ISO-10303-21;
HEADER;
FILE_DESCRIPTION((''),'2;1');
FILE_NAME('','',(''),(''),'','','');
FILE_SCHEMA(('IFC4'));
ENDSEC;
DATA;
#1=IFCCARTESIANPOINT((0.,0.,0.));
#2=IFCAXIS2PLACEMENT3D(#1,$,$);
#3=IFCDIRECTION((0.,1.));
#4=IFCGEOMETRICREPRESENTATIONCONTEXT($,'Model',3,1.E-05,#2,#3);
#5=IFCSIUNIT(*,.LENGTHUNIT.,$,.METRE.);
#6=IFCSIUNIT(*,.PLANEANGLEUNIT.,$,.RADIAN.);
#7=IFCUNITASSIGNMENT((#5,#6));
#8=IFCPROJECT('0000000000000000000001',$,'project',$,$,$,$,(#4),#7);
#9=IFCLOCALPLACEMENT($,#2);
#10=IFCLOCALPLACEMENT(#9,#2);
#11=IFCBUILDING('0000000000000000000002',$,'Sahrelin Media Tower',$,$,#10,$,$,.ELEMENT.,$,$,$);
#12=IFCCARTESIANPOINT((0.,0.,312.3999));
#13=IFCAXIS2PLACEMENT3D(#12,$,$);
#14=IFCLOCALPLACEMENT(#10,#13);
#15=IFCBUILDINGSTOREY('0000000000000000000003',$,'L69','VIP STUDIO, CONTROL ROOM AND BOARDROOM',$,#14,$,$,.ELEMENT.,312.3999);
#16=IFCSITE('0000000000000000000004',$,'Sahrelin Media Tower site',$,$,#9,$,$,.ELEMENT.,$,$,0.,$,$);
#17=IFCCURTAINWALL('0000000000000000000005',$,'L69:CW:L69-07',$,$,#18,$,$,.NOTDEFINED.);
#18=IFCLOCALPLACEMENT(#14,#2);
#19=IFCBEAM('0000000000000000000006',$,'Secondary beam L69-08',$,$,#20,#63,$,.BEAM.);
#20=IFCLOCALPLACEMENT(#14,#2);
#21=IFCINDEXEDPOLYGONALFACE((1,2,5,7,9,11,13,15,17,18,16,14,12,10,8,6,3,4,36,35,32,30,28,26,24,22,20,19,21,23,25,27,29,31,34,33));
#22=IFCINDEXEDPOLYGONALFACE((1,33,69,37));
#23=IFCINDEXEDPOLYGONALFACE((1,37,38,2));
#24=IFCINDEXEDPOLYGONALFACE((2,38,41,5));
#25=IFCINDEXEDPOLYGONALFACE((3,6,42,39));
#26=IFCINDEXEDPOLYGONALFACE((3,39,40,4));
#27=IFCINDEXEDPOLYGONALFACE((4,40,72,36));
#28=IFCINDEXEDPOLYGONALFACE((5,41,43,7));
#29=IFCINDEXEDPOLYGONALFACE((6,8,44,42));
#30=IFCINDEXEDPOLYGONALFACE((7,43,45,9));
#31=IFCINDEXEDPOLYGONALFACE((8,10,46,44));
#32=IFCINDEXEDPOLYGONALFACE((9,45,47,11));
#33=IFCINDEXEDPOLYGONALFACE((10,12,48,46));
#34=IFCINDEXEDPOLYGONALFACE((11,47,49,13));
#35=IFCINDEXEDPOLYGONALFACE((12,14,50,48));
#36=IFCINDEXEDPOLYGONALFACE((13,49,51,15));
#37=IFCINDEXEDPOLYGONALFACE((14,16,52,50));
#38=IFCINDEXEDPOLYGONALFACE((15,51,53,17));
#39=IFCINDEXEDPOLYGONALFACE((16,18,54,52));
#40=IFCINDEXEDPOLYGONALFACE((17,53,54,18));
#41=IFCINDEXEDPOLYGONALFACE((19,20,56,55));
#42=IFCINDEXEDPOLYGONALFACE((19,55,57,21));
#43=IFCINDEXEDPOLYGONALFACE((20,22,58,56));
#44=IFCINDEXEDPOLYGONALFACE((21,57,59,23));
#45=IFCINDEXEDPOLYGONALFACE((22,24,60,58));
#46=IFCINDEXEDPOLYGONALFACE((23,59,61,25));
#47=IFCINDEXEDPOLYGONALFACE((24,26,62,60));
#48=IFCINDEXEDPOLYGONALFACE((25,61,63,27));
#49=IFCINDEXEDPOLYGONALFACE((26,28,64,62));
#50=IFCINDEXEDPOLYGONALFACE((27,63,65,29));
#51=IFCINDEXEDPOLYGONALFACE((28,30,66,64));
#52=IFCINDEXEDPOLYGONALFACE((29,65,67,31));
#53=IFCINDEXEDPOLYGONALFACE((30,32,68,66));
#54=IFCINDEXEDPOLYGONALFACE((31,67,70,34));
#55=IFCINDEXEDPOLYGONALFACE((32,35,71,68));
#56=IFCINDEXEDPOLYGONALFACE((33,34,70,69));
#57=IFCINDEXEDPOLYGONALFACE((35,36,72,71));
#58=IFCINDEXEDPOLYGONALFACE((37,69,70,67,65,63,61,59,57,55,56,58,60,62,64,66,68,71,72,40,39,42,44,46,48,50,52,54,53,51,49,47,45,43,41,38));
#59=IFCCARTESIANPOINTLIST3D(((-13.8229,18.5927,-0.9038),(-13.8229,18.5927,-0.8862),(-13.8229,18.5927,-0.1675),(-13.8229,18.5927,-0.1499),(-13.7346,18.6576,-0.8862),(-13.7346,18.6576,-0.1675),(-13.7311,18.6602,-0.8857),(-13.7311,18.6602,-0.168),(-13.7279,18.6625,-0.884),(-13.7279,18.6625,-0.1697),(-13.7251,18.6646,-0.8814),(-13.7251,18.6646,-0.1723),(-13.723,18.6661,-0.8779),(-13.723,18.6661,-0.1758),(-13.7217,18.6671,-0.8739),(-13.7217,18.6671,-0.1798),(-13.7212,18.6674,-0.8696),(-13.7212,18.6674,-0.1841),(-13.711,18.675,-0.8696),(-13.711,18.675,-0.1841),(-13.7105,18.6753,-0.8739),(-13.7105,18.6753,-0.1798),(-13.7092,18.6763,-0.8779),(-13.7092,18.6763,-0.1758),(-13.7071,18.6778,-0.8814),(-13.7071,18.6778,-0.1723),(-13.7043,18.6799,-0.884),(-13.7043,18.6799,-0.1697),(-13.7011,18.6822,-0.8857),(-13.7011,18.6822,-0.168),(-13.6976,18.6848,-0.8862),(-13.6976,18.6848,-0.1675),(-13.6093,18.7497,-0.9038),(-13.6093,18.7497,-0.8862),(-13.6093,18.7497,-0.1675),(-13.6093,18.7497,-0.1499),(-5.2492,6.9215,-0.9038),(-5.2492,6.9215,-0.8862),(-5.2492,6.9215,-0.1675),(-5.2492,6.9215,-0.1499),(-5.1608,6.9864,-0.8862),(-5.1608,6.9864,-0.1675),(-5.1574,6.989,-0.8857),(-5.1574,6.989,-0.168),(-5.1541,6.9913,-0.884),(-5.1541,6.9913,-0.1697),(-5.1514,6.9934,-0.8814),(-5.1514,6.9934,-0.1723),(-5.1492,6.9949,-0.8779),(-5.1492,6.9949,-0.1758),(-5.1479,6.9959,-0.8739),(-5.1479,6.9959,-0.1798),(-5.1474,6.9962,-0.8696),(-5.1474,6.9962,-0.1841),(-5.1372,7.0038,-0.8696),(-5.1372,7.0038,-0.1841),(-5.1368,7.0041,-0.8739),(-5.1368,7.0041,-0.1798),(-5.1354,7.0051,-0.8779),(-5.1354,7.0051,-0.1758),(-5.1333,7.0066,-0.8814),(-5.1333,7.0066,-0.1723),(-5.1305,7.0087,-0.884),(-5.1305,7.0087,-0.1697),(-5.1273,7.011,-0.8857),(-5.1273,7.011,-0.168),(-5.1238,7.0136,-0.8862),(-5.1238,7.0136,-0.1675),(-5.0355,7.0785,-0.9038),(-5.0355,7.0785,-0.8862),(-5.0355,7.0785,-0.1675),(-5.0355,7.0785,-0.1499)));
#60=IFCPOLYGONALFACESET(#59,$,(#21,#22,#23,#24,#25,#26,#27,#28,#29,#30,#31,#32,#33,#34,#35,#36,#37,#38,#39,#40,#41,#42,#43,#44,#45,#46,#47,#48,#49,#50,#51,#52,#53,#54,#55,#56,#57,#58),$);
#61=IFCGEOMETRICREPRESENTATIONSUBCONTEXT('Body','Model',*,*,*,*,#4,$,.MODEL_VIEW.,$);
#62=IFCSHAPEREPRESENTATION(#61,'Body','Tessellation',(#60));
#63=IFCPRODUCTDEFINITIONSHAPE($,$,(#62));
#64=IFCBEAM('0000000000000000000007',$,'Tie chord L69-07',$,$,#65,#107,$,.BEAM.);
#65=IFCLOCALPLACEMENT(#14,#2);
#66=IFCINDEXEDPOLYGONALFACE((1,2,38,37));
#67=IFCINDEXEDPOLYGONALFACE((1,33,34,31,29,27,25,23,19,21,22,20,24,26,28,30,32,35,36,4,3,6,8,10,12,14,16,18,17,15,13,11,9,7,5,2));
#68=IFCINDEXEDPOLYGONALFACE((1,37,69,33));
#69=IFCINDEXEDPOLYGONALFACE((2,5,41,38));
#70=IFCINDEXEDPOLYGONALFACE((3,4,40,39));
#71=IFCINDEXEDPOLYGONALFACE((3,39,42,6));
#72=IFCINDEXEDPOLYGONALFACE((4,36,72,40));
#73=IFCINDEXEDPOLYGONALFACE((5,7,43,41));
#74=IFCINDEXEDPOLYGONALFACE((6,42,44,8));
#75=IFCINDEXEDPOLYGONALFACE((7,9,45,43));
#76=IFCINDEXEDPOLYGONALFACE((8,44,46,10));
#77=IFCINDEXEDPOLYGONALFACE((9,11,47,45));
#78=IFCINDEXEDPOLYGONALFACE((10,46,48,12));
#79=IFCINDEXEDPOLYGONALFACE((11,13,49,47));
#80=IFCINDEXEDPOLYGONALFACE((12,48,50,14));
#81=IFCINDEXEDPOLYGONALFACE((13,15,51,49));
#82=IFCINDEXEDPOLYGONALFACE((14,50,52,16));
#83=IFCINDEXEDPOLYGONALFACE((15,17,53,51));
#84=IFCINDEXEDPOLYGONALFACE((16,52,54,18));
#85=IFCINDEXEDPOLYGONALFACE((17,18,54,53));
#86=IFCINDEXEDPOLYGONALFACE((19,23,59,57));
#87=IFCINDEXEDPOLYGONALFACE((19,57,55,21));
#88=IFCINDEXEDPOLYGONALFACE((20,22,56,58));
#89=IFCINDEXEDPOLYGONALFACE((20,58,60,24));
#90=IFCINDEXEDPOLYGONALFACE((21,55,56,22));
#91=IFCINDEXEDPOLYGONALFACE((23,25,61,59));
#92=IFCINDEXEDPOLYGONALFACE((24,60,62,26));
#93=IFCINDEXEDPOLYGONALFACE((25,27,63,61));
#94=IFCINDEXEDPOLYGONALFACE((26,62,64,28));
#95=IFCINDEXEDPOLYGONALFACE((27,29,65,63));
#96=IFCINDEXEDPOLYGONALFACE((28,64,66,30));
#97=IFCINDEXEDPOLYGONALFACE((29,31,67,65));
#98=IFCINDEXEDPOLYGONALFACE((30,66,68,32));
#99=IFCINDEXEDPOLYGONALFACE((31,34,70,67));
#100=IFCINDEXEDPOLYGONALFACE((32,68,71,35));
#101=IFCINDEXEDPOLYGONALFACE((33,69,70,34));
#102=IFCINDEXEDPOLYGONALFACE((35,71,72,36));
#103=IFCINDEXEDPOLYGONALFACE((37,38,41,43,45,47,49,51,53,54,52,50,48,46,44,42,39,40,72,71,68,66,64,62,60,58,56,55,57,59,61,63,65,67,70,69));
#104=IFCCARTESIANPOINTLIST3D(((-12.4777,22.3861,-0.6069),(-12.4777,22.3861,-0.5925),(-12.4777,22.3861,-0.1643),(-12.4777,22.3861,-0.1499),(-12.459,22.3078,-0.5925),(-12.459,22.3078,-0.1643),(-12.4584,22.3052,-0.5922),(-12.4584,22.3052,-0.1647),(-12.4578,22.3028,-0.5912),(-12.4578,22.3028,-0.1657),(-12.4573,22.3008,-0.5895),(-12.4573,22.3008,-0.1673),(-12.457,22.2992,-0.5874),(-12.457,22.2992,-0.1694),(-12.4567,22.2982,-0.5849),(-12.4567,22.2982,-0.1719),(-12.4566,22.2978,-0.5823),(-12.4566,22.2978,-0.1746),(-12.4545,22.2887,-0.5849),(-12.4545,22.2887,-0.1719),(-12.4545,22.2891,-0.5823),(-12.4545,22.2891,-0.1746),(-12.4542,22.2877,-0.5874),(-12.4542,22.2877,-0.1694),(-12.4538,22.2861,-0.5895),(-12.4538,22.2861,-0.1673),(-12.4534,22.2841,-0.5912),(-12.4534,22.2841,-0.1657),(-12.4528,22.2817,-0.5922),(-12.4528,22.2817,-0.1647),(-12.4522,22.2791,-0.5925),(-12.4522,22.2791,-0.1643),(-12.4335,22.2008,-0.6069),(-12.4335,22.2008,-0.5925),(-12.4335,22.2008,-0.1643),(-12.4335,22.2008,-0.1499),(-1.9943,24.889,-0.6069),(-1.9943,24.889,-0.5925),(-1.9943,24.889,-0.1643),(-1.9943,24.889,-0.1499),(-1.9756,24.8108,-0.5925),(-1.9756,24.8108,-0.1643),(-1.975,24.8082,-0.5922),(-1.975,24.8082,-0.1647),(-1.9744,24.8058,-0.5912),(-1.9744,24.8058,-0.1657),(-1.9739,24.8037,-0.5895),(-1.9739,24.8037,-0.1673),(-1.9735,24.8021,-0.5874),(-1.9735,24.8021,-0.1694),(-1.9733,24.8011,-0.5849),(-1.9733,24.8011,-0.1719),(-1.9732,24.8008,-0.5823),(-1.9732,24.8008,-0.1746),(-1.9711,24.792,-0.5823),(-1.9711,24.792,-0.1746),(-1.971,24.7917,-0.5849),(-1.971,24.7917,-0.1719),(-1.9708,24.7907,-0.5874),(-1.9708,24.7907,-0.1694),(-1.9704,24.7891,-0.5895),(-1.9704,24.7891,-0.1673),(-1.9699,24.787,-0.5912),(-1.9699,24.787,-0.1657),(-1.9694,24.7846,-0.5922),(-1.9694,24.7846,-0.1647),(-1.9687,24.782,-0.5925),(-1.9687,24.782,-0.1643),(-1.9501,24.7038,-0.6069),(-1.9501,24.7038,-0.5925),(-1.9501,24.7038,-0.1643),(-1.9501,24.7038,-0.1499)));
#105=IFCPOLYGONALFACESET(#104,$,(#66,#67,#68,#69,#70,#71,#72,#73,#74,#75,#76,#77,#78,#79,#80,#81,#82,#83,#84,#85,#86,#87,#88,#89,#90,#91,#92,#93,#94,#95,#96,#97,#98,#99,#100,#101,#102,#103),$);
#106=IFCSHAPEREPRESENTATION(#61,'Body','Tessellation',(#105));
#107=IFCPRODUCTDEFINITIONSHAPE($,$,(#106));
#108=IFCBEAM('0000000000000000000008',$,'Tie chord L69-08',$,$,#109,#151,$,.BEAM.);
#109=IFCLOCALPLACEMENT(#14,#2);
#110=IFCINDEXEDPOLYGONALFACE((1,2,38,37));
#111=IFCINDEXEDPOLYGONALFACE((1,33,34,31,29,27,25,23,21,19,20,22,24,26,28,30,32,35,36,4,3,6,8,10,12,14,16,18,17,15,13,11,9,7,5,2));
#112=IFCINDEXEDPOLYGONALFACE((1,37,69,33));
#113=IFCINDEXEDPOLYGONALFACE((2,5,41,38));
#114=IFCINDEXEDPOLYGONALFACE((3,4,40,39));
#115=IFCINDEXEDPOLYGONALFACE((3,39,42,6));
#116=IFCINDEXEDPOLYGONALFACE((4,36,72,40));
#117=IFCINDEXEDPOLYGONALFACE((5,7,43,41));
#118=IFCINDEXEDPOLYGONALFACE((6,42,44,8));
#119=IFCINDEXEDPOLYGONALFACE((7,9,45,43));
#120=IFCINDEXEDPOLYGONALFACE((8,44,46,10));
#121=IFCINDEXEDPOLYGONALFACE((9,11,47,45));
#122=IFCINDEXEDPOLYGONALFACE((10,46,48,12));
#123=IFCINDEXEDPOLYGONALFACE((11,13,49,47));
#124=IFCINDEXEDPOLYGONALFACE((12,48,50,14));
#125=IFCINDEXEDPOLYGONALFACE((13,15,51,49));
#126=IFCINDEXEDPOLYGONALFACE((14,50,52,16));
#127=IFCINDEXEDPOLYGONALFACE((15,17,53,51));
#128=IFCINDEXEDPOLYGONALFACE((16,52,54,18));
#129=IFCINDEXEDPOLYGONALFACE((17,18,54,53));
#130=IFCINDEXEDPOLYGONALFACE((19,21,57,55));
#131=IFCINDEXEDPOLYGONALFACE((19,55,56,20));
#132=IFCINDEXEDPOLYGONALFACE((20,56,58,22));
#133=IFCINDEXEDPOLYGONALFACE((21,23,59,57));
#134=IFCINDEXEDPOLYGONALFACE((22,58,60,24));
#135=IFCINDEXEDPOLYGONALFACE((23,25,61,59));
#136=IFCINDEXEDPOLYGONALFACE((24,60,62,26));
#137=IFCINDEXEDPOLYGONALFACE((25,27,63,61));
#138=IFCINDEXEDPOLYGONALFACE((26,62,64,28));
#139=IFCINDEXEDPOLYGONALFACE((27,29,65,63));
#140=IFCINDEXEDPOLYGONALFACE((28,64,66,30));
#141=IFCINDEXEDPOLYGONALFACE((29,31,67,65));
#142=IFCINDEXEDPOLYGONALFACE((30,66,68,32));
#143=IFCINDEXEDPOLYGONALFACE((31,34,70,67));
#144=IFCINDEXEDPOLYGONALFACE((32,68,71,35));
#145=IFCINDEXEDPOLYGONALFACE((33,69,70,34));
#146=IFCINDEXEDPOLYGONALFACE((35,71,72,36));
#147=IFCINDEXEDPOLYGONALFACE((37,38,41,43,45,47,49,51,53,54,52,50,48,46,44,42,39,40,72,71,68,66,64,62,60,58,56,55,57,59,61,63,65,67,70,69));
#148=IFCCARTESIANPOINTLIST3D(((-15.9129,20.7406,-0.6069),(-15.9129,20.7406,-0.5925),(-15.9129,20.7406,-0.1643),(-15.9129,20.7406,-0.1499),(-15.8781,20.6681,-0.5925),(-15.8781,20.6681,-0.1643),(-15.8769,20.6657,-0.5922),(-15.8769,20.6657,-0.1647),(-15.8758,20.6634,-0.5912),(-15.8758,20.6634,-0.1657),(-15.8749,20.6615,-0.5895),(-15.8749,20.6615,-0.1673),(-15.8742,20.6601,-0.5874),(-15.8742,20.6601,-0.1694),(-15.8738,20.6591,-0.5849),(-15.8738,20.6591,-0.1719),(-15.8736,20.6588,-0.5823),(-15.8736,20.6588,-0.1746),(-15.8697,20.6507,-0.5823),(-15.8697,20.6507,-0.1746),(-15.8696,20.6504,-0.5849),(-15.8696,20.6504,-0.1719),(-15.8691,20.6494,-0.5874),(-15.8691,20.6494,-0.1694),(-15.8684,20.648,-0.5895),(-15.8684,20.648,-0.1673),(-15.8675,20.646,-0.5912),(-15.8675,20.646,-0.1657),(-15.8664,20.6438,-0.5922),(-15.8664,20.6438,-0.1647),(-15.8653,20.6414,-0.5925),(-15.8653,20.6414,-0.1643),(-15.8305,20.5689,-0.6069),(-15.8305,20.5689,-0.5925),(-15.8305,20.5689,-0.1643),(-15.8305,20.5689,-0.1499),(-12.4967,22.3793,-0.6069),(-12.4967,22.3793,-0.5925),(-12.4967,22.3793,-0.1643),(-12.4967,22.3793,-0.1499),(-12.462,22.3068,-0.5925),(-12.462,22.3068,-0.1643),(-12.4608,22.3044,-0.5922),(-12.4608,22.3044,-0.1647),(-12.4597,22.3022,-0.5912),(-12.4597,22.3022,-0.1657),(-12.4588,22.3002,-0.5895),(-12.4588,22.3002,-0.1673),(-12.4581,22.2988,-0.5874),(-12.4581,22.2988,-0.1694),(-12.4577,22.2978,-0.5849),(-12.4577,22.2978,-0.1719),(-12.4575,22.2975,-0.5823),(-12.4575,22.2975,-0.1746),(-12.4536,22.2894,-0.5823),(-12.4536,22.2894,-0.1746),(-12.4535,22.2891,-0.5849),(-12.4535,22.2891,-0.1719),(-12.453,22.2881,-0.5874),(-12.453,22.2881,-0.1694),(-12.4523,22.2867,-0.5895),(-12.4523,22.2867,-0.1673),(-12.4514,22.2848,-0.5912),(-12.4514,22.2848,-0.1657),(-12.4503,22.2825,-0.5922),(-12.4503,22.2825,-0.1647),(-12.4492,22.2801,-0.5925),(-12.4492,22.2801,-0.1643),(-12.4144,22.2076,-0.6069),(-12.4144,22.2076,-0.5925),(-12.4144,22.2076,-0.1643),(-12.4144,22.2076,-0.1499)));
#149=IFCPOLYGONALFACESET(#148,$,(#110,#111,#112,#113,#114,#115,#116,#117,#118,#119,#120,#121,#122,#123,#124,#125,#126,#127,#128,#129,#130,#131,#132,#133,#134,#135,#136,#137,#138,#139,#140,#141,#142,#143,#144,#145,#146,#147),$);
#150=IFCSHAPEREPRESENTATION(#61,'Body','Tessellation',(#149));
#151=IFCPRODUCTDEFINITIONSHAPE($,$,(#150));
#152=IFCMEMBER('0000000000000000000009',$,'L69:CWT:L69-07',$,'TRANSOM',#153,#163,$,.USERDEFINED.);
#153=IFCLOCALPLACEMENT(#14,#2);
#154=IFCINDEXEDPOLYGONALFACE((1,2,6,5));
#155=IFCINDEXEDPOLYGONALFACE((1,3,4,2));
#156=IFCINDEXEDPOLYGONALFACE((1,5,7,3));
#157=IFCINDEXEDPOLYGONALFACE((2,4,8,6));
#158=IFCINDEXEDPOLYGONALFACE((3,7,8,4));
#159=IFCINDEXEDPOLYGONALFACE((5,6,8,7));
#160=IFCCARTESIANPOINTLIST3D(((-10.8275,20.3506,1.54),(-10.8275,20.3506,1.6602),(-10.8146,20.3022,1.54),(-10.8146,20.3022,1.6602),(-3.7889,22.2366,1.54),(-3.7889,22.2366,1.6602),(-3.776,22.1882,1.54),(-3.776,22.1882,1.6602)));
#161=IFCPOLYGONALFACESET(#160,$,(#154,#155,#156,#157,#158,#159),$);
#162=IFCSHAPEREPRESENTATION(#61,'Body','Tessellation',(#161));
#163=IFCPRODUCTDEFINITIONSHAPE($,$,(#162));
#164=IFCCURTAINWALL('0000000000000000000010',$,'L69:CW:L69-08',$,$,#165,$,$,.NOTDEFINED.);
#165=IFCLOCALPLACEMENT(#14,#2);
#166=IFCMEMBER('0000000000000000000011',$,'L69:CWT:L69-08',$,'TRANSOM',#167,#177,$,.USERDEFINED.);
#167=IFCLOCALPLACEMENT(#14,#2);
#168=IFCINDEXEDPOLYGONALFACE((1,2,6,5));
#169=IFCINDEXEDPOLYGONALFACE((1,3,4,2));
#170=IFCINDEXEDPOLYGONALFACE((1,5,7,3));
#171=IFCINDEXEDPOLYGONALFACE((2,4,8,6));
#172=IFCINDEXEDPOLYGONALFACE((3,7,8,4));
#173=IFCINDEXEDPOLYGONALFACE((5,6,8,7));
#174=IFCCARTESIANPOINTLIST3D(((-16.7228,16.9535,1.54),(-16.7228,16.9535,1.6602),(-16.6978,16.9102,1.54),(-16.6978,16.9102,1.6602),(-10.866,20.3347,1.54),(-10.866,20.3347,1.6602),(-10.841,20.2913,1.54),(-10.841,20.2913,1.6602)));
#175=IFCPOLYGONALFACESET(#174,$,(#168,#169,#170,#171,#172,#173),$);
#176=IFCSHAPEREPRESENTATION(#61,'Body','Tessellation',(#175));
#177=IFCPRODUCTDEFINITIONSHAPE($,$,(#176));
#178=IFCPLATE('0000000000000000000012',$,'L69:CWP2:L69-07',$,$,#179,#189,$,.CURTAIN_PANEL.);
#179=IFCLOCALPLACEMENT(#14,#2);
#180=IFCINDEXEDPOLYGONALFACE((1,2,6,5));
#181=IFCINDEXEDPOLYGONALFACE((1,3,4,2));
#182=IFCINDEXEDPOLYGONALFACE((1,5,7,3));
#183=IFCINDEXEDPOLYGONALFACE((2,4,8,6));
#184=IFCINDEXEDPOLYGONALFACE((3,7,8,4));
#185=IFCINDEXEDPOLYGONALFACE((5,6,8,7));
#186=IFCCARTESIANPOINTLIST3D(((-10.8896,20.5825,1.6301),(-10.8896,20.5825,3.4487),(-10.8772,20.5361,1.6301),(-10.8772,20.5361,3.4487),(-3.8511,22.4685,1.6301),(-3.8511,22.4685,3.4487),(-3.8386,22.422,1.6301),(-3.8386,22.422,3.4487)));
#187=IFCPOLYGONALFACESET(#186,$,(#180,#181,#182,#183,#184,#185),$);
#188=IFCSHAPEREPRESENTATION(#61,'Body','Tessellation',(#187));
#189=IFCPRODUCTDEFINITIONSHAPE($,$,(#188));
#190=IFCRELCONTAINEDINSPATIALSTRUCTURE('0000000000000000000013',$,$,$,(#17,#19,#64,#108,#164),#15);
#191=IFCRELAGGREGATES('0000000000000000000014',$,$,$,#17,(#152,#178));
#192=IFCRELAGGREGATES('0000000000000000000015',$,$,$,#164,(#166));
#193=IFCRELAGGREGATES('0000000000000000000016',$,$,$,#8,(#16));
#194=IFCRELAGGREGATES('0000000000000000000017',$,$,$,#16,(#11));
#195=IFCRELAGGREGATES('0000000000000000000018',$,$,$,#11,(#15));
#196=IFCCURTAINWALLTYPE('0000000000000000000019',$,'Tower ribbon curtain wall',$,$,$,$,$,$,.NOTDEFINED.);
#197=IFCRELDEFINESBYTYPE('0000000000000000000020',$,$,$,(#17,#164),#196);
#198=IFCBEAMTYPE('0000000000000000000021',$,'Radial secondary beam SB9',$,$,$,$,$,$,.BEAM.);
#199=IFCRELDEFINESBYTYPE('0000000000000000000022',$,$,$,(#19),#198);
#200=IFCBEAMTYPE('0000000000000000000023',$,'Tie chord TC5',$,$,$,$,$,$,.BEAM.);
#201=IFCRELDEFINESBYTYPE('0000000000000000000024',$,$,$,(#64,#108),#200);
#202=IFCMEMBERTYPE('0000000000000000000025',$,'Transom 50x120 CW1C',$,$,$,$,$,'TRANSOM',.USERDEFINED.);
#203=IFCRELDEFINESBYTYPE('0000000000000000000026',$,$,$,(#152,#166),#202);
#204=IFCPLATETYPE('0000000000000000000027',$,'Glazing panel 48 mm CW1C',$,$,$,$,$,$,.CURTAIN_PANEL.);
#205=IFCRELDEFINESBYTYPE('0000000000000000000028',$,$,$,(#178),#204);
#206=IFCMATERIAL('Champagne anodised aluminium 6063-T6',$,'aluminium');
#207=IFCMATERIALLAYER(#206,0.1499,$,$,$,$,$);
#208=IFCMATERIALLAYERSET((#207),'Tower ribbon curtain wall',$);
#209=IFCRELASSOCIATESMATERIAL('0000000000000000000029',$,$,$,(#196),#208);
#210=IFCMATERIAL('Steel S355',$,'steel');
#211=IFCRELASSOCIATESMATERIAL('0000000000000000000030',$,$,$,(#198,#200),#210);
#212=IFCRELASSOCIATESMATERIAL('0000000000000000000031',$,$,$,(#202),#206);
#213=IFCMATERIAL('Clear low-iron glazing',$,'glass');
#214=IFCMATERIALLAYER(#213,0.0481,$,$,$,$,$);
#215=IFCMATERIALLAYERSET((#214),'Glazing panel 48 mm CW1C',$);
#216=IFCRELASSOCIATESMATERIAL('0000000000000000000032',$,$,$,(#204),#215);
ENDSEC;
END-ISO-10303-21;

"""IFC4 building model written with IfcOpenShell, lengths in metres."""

from ifc_helpers import new_model, si_unit, direction, frame, origin, origin_2d, place, context, subcontext, project, spatial, polyline, rectangle, i_section, outline, extrude, material, layer, layer_set, material_profile, profile_set, type_object, element, aggregate, save


model = new_model("IFC4")

# Units and contexts
model_context = context("Model", 3, precision=1e-05, world=origin(), true_north=direction((0.0, 1.0)))
body_context = subcontext(model_context, "Body", "Model", "MODEL_VIEW")
ifc_project = project(units=[si_unit("LENGTHUNIT", "METRE"), si_unit("PLANEANGLEUNIT", "RADIAN")], contexts=[model_context])

# Site, building, storey
site_placement = place(None, origin())
site = spatial("IfcSite", under=ifc_project, at=site_placement, Name="Sahrelin Media Tower site", CompositionType="ELEMENT", RefElevation=0.0)
building_placement = place(site_placement, origin())
building = spatial("IfcBuilding", under=site, at=building_placement, Name="Sahrelin Media Tower", CompositionType="ELEMENT")
storey_placement = place(building_placement, frame((0.0, 0.0, 312.3999)))
storey = spatial("IfcBuildingStorey", under=building, at=storey_placement, Name="L69", Description="VIP STUDIO, CONTROL ROOM AND BOARDROOM", CompositionType="ELEMENT", Elevation=312.3999)

# Shared definitions
ifc_material_1 = material(Name="Steel S355", Category="steel")

# Curtain wall
ifc_material_2 = material(Name="Champagne anodised aluminium 6063-T6", Category="aluminium")
ifc_layer_1 = layer(ifc_material_2, 0.1499)
ifc_layer_set_1 = layer_set([ifc_layer_1], Name="Tower ribbon curtain wall")
curtain_wall_type = type_object("IfcCurtainWallType", Name="Tower ribbon curtain wall", PredefinedType="NOTDEFINED", material=ifc_layer_set_1)
curtain_wall_1_placement = place(storey_placement, frame((-7.365, 21.5061, 0.0), z_axis=(0.0, 0.0, 1.0), x_axis=(1.0, 0.0, 0.0)))
curtain_wall_1 = element("IfcCurtainWall", 1, at=curtain_wall_1_placement, inside=storey, type_object=curtain_wall_type, Name="L69:CW:L69-07", PredefinedType="NOTDEFINED")

# Beams
ifc_material_profile_1 = material_profile(ifc_material_1, i_section(OverallWidth=0.2651, OverallDepth=0.7539, WebThickness=0.0127, FlangeThickness=0.0176, FilletRadius=0.0166, at=origin_2d()), Name="UB 762x267x147")
ifc_profile_set_1 = profile_set([ifc_material_profile_1], Name="Steel S355")
beam_type_1 = type_object("IfcBeamType", Name="Radial secondary beam SB9", PredefinedType="BEAM", material=ifc_profile_set_1)
beam_1_placement = place(storey_placement, frame((-5.1423, 7.0, -0.5269), z_axis=(-0.592032, 0.805914, 0.0), x_axis=(-0.805914, -0.592032, 0.0)))
element("IfcBeam", 2, at=beam_1_placement, inside=storey, type_object=beam_type_1, Name="Secondary beam L69-08", PredefinedType="BEAM", context=body_context, shape_type="SweptSolid", body=[
    extrude(i_section(OverallWidth=0.2651, OverallDepth=0.7539, WebThickness=0.0127, FlangeThickness=0.0176, FilletRadius=0.0166, at=origin_2d()), origin(), (0.0, 0.0, 1.0), 14.4819),
])
ifc_material_profile_2 = material_profile(ifc_material_1, i_section(OverallWidth=0.1904, OverallDepth=0.457, WebThickness=0.009, FlangeThickness=0.0144, FilletRadius=0.0103, at=origin_2d()), Name="UB 457x191x74")
ifc_profile_set_2 = profile_set([ifc_material_profile_2], Name="Steel S355")
beam_type_2 = type_object("IfcBeamType", Name="Tie chord TC5", PredefinedType="BEAM", material=ifc_profile_set_2)
beam_2_placement = place(storey_placement, frame((-1.9722, 24.7964, -0.3784), z_axis=(-0.972662, -0.232225, 0.0), x_axis=(0.232225, -0.972662, 0.0)))
element("IfcBeam", 3, at=beam_2_placement, inside=storey, type_object=beam_type_2, Name="Tie chord L69-07", PredefinedType="BEAM", context=body_context, shape_type="SweptSolid", body=[
    extrude(i_section(OverallWidth=0.1904, OverallDepth=0.457, WebThickness=0.009, FlangeThickness=0.0144, FilletRadius=0.0103, at=origin_2d()), origin(), (0.0, 0.0, 1.0), 10.7781),
])
beam_3_placement = place(storey_placement, frame((-12.4556, 22.2935, -0.3784), z_axis=(-0.901628, -0.432513, 0.0), x_axis=(0.432513, -0.901628, 0.0)))
element("IfcBeam", 4, at=beam_3_placement, inside=storey, type_object=beam_type_2, Name="Tie chord L69-08", PredefinedType="BEAM", context=body_context, shape_type="SweptSolid", body=[
    extrude(i_section(OverallWidth=0.1904, OverallDepth=0.457, WebThickness=0.009, FlangeThickness=0.0144, FilletRadius=0.0103, at=origin_2d()), origin(), (0.0, 0.0, 1.0), 3.7888),
])

# Member
ifc_material_profile_3 = material_profile(ifc_material_2, rectangle(XDim=0.05, YDim=0.1201, at=origin_2d()), Name="Transom 50x120")
ifc_profile_set_3 = profile_set([ifc_material_profile_3], Name="Champagne anodised aluminium 6063-T6")
member_type_1 = type_object("IfcMemberType", Name="Transom 50x120 CW1C", ElementType="TRANSOM", PredefinedType="USERDEFINED", material=ifc_profile_set_3)
member_1_placement = place(storey_placement, frame((-3.7825, 22.2124, 1.6001), z_axis=(-0.965926, -0.25882, 0.0), x_axis=(0.25882, -0.965926, 0.0)))
member_1 = element("IfcMember", 5, at=member_1_placement, type_object=member_type_1, Name="L69:CWT:L69-07", ObjectType="TRANSOM", PredefinedType="USERDEFINED", context=body_context, shape_type="SweptSolid", body=[
    extrude(rectangle(XDim=0.05, YDim=0.1201, at=origin_2d()), origin(), (0.0, 0.0, 1.0), 7.2869),
])

# Curtain wall, member
curtain_wall_2_placement = place(storey_placement, frame((-13.9043, 18.8347, 0.0), z_axis=(0.0, 0.0, 1.0), x_axis=(1.0, 0.0, 0.0)))
curtain_wall_2 = element("IfcCurtainWall", 6, at=curtain_wall_2_placement, inside=storey, type_object=curtain_wall_type, Name="L69:CW:L69-08", PredefinedType="NOTDEFINED")
member_2_placement = place(storey_placement, frame((-10.8535, 20.313, 1.6001), z_axis=(-0.866042, -0.499971, 0.0), x_axis=(0.499971, -0.866042, 0.0)))
member_2 = element("IfcMember", 7, at=member_2_placement, type_object=member_type_1, Name="L69:CWT:L69-08", ObjectType="TRANSOM", PredefinedType="USERDEFINED", context=body_context, shape_type="SweptSolid", body=[
    extrude(rectangle(XDim=0.05, YDim=0.1201, at=origin_2d()), origin(), (0.0, 0.0, 1.0), 6.7627),
])

# Plate
ifc_material_3 = material(Name="Clear low-iron glazing", Category="glass")
ifc_layer_2 = layer(ifc_material_3, 0.0481)
ifc_layer_set_2 = layer_set([ifc_layer_2], Name="Glazing panel 48 mm CW1C")
plate_type_1 = type_object("IfcPlateType", Name="Glazing panel 48 mm CW1C", PredefinedType="CURTAIN_PANEL", material=ifc_layer_set_2)
plate_1_placement = place(storey_placement, frame((-3.8511, 22.4685, 1.6301), z_axis=(-0.25882, 0.965926, 0.0), x_axis=(-0.965926, -0.25882, 0.0)))
plate_1 = element("IfcPlate", 8, at=plate_1_placement, type_object=plate_type_1, Name="L69:CWP2:L69-07", PredefinedType="CURTAIN_PANEL", context=body_context, shape_type="SweptSolid", body=[
    extrude(outline(polyline([(0.0, 0.0), (7.2869, 0.0), (7.2869, 1.8186), (0.0, 1.8186), (0.0, 0.0)])), origin(), (0.0, 0.0, -1.0), 0.0481),
])
aggregate(curtain_wall_1, [member_1, plate_1])
aggregate(curtain_wall_2, [member_2])

save(model, "model.ifc")
